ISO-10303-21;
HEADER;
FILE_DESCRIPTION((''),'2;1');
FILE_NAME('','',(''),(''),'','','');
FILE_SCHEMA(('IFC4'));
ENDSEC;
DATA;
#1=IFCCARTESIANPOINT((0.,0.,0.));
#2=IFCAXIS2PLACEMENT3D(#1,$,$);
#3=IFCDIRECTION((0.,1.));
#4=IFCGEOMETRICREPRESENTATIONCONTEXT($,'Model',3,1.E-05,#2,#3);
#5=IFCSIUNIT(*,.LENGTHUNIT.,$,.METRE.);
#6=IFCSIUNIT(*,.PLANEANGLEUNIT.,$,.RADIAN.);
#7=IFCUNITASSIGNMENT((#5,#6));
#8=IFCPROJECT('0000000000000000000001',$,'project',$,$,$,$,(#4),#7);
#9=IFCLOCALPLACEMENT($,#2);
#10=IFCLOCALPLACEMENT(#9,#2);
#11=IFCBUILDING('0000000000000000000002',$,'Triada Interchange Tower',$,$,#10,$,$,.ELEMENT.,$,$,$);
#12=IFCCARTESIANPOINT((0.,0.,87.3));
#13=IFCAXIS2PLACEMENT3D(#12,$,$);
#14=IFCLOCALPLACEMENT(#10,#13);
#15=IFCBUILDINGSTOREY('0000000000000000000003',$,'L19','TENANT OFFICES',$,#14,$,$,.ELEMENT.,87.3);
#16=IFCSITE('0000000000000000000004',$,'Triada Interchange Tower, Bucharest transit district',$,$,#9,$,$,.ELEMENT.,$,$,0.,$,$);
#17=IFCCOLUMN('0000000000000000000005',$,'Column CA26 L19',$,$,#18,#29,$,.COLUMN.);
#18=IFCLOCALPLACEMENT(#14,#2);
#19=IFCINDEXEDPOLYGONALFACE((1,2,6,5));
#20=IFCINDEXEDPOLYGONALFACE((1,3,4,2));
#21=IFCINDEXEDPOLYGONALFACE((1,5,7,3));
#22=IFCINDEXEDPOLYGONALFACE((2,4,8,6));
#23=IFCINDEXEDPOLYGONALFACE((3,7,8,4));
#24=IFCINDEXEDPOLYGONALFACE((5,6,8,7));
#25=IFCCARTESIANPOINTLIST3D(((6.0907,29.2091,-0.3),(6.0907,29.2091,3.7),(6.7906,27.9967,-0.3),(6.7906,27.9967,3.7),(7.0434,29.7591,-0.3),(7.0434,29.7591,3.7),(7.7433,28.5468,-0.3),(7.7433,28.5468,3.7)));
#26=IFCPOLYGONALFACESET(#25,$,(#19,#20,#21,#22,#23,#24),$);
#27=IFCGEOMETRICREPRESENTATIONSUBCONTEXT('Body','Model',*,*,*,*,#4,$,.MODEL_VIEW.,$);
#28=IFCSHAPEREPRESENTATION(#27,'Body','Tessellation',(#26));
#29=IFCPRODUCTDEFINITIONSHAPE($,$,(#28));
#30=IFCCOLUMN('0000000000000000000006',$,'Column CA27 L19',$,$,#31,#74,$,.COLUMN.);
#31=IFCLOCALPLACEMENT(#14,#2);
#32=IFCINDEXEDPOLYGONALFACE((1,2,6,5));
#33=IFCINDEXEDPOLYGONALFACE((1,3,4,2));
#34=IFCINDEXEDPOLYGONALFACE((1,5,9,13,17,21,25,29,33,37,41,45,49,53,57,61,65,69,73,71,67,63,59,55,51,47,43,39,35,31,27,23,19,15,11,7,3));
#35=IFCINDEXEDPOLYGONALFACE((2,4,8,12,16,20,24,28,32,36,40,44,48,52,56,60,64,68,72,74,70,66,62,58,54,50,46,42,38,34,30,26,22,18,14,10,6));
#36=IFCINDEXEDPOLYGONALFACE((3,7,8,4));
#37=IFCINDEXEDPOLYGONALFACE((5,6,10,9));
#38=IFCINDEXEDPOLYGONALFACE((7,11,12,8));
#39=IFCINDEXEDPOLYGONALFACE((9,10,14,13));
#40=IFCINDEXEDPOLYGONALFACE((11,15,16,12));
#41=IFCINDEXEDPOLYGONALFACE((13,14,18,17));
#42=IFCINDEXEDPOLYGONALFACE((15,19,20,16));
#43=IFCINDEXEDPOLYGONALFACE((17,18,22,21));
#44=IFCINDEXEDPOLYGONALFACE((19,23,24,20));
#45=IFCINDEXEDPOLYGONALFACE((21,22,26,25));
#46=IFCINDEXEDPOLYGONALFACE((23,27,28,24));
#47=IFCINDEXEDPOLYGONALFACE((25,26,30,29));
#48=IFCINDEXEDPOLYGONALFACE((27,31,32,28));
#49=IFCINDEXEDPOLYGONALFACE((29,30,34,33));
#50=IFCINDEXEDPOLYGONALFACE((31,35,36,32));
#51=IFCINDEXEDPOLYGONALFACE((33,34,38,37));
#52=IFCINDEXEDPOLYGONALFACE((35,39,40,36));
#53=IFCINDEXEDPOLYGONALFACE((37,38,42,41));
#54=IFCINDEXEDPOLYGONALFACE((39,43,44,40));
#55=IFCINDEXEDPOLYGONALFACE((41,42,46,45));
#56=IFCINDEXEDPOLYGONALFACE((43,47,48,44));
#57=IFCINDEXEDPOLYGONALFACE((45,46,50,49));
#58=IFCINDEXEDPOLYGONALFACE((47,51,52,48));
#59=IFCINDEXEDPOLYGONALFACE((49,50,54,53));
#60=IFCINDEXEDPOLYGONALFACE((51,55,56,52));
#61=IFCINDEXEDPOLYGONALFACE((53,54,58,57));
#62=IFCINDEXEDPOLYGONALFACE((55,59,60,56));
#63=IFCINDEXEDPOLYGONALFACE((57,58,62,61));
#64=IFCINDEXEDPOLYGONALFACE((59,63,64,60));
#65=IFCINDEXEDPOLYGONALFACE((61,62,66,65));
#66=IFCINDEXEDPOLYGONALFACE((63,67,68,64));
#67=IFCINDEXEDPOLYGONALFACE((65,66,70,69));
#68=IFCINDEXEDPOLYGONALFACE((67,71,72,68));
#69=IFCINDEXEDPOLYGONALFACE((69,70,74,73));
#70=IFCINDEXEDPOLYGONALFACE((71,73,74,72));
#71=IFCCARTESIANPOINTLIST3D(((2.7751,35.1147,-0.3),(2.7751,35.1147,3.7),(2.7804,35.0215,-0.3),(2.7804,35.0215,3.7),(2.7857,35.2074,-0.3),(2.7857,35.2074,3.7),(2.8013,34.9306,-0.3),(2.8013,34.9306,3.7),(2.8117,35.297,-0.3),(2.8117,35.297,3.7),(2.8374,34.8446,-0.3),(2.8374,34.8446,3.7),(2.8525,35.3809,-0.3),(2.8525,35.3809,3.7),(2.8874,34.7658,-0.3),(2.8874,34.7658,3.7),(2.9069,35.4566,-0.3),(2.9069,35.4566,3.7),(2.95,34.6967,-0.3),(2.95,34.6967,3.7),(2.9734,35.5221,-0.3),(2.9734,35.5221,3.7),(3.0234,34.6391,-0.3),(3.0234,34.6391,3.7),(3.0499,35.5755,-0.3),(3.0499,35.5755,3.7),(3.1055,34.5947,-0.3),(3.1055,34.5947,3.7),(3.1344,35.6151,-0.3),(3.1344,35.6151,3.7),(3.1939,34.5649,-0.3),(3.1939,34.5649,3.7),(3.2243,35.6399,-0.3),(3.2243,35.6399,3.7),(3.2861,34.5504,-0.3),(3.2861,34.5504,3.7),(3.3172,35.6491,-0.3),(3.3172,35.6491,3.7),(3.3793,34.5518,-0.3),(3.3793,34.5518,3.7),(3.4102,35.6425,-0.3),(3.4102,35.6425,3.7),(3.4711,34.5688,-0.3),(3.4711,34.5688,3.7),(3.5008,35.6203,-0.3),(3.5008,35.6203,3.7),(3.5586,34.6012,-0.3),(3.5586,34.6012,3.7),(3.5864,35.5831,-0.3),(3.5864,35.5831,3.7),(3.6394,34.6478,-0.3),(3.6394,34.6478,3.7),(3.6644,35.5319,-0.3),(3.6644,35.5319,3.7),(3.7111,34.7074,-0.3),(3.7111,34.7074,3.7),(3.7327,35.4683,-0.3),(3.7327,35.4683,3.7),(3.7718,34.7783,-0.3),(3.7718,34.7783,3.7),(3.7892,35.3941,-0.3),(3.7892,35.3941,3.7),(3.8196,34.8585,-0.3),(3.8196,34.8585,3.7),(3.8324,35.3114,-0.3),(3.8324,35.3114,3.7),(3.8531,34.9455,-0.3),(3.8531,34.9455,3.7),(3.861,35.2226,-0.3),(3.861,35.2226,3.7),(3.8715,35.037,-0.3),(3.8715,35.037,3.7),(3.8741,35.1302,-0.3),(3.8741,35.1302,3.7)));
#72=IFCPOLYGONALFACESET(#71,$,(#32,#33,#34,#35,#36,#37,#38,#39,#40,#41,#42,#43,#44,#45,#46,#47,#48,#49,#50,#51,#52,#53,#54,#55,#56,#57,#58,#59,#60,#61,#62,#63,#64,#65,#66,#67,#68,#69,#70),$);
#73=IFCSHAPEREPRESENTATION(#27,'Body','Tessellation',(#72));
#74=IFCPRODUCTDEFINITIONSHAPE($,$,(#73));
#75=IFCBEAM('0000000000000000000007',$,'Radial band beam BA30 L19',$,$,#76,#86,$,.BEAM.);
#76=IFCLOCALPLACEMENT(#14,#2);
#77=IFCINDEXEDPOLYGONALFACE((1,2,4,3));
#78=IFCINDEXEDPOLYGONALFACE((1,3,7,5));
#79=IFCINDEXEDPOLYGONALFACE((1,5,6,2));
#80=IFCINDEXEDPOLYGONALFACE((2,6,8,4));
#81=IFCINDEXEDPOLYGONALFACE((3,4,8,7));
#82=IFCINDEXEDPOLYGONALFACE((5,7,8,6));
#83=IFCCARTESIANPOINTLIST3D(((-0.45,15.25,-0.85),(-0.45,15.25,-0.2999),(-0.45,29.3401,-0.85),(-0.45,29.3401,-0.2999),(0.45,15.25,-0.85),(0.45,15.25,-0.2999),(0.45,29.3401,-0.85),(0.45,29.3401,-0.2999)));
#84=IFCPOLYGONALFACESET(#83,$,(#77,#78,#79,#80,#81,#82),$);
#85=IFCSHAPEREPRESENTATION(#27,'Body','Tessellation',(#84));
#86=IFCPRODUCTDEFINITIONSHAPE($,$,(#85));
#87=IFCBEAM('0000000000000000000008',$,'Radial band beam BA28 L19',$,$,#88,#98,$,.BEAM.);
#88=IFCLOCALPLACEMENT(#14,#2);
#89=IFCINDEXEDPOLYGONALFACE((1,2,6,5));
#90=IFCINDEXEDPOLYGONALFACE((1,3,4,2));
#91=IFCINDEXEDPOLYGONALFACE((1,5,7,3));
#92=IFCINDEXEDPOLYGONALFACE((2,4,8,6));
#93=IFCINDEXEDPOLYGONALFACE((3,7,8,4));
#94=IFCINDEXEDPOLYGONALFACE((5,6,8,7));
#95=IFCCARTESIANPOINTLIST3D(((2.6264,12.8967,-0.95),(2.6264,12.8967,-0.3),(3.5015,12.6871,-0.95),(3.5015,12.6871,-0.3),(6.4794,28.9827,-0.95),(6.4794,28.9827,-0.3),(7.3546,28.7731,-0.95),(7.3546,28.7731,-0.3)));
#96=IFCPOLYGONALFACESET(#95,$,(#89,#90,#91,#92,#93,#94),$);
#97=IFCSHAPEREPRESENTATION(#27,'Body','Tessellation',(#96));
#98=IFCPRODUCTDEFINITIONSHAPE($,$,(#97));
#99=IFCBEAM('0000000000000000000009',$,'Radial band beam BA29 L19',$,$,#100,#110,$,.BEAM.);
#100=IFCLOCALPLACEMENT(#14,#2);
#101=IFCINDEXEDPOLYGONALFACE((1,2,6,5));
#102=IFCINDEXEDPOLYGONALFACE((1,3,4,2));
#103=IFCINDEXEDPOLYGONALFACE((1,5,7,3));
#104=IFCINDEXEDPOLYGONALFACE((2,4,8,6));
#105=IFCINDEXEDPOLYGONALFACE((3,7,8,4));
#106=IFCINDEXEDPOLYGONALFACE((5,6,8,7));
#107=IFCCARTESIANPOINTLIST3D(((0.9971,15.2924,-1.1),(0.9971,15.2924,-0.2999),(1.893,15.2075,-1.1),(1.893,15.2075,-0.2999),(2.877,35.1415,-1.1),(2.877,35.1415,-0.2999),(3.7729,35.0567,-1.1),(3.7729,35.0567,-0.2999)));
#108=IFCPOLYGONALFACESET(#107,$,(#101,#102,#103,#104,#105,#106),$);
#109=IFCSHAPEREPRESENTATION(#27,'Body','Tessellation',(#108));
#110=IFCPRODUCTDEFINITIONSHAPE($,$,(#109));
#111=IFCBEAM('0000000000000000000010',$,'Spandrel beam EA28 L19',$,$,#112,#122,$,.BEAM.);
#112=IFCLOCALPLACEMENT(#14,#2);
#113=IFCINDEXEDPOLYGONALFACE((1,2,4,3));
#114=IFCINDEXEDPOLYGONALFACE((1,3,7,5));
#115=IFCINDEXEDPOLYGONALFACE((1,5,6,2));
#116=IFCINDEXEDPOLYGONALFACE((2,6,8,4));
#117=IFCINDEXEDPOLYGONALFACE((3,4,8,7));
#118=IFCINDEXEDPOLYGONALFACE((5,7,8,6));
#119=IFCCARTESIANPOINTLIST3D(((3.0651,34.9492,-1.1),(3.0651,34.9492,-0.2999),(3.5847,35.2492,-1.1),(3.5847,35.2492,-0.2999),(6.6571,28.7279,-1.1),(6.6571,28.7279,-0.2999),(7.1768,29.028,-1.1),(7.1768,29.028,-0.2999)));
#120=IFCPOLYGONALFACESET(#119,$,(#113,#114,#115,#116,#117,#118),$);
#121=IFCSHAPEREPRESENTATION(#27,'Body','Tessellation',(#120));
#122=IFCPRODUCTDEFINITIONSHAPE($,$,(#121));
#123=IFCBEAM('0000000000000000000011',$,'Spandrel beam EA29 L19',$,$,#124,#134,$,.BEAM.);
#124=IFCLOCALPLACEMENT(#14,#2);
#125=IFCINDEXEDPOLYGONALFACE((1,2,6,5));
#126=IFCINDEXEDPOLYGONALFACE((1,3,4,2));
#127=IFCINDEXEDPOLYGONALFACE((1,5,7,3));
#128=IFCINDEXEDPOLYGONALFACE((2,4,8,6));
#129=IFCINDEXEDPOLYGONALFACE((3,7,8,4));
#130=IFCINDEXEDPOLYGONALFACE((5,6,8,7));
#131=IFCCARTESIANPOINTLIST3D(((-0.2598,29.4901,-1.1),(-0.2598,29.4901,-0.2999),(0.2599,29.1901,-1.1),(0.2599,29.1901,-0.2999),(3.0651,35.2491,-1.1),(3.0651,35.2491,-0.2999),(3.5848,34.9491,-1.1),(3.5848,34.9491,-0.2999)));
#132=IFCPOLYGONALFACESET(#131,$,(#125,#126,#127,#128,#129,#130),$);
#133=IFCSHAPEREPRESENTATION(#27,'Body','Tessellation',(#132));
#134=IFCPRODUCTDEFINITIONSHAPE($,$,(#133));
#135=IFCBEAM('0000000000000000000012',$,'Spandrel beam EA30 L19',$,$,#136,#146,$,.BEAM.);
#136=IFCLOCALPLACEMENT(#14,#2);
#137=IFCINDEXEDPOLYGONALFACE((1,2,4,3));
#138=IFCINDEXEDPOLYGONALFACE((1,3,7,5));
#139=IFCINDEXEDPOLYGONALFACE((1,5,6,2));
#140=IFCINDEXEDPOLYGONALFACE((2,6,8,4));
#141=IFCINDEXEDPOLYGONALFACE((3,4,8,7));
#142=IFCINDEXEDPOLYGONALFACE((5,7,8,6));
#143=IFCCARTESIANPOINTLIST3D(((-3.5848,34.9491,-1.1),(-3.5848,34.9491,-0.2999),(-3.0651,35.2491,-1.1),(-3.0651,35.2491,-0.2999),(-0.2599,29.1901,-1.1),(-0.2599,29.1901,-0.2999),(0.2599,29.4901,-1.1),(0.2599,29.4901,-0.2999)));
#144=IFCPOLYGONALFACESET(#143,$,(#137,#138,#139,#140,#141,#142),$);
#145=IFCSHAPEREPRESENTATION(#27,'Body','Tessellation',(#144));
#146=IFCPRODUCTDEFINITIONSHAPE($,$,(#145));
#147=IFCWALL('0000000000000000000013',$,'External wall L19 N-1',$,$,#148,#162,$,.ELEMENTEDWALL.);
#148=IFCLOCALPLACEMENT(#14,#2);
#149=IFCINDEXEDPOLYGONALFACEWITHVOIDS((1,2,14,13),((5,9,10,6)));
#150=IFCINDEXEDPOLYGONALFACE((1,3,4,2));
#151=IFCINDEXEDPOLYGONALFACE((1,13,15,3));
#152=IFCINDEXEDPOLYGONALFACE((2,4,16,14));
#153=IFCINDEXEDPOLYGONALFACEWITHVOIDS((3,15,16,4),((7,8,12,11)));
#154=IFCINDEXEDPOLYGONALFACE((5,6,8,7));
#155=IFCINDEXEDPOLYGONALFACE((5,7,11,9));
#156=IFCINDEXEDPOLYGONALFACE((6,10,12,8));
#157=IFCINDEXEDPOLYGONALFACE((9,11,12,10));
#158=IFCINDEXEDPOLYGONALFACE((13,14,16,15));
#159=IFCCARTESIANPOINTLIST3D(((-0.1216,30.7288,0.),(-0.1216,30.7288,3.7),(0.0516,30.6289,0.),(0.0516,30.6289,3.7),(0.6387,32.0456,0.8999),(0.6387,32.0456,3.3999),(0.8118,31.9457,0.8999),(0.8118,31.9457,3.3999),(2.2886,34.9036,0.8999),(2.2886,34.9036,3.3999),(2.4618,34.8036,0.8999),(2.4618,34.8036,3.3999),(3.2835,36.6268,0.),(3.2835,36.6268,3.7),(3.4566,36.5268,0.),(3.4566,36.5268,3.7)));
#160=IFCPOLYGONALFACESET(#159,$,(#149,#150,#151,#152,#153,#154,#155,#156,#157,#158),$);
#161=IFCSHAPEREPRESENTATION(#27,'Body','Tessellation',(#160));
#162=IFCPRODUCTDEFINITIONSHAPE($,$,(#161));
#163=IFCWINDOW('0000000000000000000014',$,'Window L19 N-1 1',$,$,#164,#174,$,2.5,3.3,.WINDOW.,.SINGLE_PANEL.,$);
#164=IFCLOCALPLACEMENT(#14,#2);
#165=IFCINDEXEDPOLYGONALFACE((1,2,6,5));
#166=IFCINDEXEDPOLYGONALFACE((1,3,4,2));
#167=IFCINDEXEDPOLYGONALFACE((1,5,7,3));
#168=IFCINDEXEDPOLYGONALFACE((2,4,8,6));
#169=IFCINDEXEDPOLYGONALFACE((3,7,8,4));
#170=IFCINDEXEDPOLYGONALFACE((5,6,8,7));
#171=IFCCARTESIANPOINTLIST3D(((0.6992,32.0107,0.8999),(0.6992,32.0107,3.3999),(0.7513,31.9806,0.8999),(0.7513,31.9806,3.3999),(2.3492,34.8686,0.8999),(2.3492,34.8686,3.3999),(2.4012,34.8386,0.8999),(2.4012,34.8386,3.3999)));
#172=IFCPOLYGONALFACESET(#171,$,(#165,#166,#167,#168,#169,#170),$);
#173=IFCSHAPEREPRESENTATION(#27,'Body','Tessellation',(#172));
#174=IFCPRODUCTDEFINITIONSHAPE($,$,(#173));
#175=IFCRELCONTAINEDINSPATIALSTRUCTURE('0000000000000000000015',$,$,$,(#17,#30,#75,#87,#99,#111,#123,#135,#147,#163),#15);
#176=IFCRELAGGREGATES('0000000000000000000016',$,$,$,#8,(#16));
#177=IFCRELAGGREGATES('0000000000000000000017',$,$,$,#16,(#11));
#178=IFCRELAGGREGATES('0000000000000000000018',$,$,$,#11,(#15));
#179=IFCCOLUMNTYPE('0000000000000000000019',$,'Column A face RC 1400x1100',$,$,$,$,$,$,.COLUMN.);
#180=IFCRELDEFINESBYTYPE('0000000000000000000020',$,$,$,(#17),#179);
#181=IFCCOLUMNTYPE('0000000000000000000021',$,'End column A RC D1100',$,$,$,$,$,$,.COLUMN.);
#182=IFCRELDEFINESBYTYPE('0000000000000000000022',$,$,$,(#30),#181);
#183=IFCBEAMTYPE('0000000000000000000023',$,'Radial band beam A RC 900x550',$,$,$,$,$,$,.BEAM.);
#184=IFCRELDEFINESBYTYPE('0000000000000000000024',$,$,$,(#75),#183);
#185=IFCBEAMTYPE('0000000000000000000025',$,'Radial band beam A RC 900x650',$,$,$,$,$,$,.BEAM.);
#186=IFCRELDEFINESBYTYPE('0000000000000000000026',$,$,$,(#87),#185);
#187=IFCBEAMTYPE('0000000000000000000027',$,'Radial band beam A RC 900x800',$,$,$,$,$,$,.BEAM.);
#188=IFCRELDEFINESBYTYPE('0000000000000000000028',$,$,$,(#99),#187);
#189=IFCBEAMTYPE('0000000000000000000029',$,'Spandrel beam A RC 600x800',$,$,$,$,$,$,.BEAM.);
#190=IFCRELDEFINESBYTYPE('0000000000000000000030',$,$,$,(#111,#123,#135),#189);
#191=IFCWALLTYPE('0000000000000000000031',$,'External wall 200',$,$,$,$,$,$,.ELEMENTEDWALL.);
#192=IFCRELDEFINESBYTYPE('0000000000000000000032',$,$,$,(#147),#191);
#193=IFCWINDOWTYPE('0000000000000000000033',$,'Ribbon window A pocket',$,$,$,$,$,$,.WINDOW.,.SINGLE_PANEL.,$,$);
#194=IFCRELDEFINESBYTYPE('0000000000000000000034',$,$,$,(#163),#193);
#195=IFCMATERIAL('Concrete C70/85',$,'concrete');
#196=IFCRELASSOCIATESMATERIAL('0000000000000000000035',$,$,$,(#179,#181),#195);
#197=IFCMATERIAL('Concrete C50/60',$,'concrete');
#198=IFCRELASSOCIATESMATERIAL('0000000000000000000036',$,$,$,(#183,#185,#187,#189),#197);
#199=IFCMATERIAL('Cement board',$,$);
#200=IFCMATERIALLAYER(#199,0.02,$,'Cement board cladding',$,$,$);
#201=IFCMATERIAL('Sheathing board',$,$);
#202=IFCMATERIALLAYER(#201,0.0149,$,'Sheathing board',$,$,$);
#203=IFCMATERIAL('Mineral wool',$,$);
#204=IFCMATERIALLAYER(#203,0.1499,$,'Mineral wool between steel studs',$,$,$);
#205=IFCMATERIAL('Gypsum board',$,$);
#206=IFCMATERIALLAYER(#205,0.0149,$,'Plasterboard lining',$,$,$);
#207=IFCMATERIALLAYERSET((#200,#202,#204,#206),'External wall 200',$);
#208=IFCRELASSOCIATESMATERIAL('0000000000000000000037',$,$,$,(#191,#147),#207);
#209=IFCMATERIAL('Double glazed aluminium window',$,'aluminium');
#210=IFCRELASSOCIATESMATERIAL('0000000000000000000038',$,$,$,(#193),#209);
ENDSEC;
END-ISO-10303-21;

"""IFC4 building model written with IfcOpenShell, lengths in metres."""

from ifc_helpers import new_model, si_unit, direction, frame, frame_2d, origin, origin_2d, place, context, subcontext, project, spatial, rectangle, circle, extrude, material, layer, layer_set, layer_usage, material_profile, profile_set, type_object, element, fill, save


model = new_model("IFC4")

# Units and contexts
model_context = context("Model", 3, precision=1e-05, world=origin(), true_north=direction((0.0, 1.0)))
body_context = subcontext(model_context, "Body", "Model", "MODEL_VIEW")
ifc_project = project(units=[si_unit("LENGTHUNIT", "METRE"), si_unit("PLANEANGLEUNIT", "RADIAN")], contexts=[model_context])

# Site, building, storey
site_placement = place(None, origin())
site = spatial("IfcSite", under=ifc_project, at=site_placement, Name="Triada Interchange Tower, Bucharest transit district", CompositionType="ELEMENT", RefElevation=0.0)
building_placement = place(site_placement, origin())
building = spatial("IfcBuilding", under=site, at=building_placement, Name="Triada Interchange Tower", CompositionType="ELEMENT")
storey_placement = place(building_placement, frame((0.0, 0.0, 87.3)))
storey = spatial("IfcBuildingStorey", under=building, at=storey_placement, Name="L19", Description="TENANT OFFICES", CompositionType="ELEMENT", Elevation=87.3)

# Columns
ifc_material_1 = material(Name="Concrete C70/85", Category="concrete")
ifc_material_profile_1 = material_profile(ifc_material_1, rectangle(XDim=1.3999, YDim=1.1001, at=origin_2d()), Name="RC 1400x1100")
ifc_profile_set_1 = profile_set([ifc_material_profile_1], Name="Concrete C70/85")
column_type_1 = type_object("IfcColumnType", Name="Column A face RC 1400x1100", PredefinedType="COLUMN", material=ifc_profile_set_1)
column_1_placement = place(storey_placement, frame((6.917, 28.8779, -0.3), z_axis=(0.0, 0.0, 1.0), x_axis=(-0.5, 0.866025, 0.0)))
element("IfcColumn", 1, at=column_1_placement, inside=storey, type_object=column_type_1, Name="Column CA26 L19", PredefinedType="COLUMN", context=body_context, shape_type="SweptSolid", body=[
    extrude(rectangle(XDim=1.3999, YDim=1.1001, at=origin_2d()), origin(), (0.0, 0.0, 1.0), 4.0),
])
ifc_material_profile_2 = material_profile(ifc_material_1, circle(Radius=0.55, at=origin_2d()), Name="RC D1100")
ifc_profile_set_2 = profile_set([ifc_material_profile_2], Name="Concrete C70/85")
column_type_2 = type_object("IfcColumnType", Name="End column A RC D1100", PredefinedType="COLUMN", material=ifc_profile_set_2)
column_2_placement = place(storey_placement, frame((3.325, 35.0991, -0.3), z_axis=(0.0, 0.0, 1.0), x_axis=(-0.5, 0.866025, 0.0)))
element("IfcColumn", 2, at=column_2_placement, inside=storey, type_object=column_type_2, Name="Column CA27 L19", PredefinedType="COLUMN", context=body_context, shape_type="SweptSolid", body=[
    extrude(circle(Radius=0.55, at=origin_2d()), origin(), (0.0, 0.0, 1.0), 4.0),
])

# Beams
ifc_material_2 = material(Name="Concrete C50/60", Category="concrete")
ifc_material_profile_3 = material_profile(ifc_material_2, rectangle(XDim=0.8999, YDim=0.55, at=origin_2d()), Name="RC 900x550")
ifc_profile_set_3 = profile_set([ifc_material_profile_3], Name="Concrete C50/60")
beam_type_1 = type_object("IfcBeamType", Name="Radial band beam A RC 900x550", PredefinedType="BEAM", material=ifc_profile_set_3)
beam_1_placement = place(storey_placement, frame((0.0, 29.3401, -0.575), z_axis=(0.0, -1.0, 0.0), x_axis=(1.0, 0.0, 0.0)))
element("IfcBeam", 3, at=beam_1_placement, inside=storey, type_object=beam_type_1, Name="Radial band beam BA30 L19", PredefinedType="BEAM", context=body_context, shape_type="SweptSolid", body=[
    extrude(rectangle(XDim=0.8999, YDim=0.55, at=origin_2d()), origin(), (0.0, 0.0, 1.0), 14.0901),
])
ifc_material_profile_4 = material_profile(ifc_material_2, rectangle(XDim=0.8999, YDim=0.6499, at=origin_2d()), Name="RC 900x650")
ifc_profile_set_4 = profile_set([ifc_material_profile_4], Name="Concrete C50/60")
beam_type_2 = type_object("IfcBeamType", Name="Radial band beam A RC 900x650", PredefinedType="BEAM", material=ifc_profile_set_4)
beam_2_placement = place(storey_placement, frame((6.917, 28.8779, -0.625), z_axis=(-0.232939, -0.972491, 0.0), x_axis=(0.972491, -0.232939, 0.0)))
element("IfcBeam", 4, at=beam_2_placement, inside=storey, type_object=beam_type_2, Name="Radial band beam BA28 L19", PredefinedType="BEAM", context=body_context, shape_type="SweptSolid", body=[
    extrude(rectangle(XDim=0.8999, YDim=0.6499, at=origin_2d()), origin(), (0.0, 0.0, 1.0), 16.541),
])
ifc_material_profile_5 = material_profile(ifc_material_2, rectangle(XDim=0.8999, YDim=0.8, at=origin_2d()), Name="RC 900x800")
ifc_profile_set_5 = profile_set([ifc_material_profile_5], Name="Concrete C50/60")
beam_type_3 = type_object("IfcBeamType", Name="Radial band beam A RC 900x800", PredefinedType="BEAM", material=ifc_profile_set_5)
beam_3_placement = place(storey_placement, frame((3.325, 35.0991, -0.7), z_axis=(-0.094287, -0.995545, 0.0), x_axis=(0.995545, -0.094287, 0.0)))
element("IfcBeam", 5, at=beam_3_placement, inside=storey, type_object=beam_type_3, Name="Radial band beam BA29 L19", PredefinedType="BEAM", context=body_context, shape_type="SweptSolid", body=[
    extrude(rectangle(XDim=0.8999, YDim=0.8, at=origin_2d()), origin(), (0.0, 0.0, 1.0), 19.938),
])
ifc_material_profile_6 = material_profile(ifc_material_2, rectangle(XDim=0.6001, YDim=0.8, at=origin_2d()), Name="RC 600x800")
ifc_profile_set_6 = profile_set([ifc_material_profile_6], Name="Concrete C50/60")
beam_type_4 = type_object("IfcBeamType", Name="Spandrel beam A RC 600x800", PredefinedType="BEAM", material=ifc_profile_set_6)
beam_4_placement = place(storey_placement, frame((6.917, 28.8779, -0.7), z_axis=(-0.500024, 0.866011, 0.0), x_axis=(-0.866011, -0.500024, 0.0)))
element("IfcBeam", 6, at=beam_4_placement, inside=storey, type_object=beam_type_4, Name="Spandrel beam EA28 L19", PredefinedType="BEAM", context=body_context, shape_type="SweptSolid", body=[
    extrude(rectangle(XDim=0.6001, YDim=0.8, at=origin_2d()), origin(), (0.0, 0.0, 1.0), 7.1838),
])
for number, where, z_axis, x_axis, name in (
    (7, (3.325, 35.0991, -0.7), (-0.499997, -0.866027, 0.0), (0.866027, -0.499997, 0.0), "Spandrel beam EA29 L19"),
    (8, (0.0, 29.3401, -0.7), (-0.499997, 0.866027, 0.0), (-0.866027, -0.499997, 0.0), "Spandrel beam EA30 L19"),
):
    element("IfcBeam", number, at=place(storey_placement, frame(where, z_axis=z_axis, x_axis=x_axis)), inside=storey, type_object=beam_type_4, Name=name, PredefinedType="BEAM", context=body_context, shape_type="SweptSolid", body=[
        extrude(rectangle(XDim=0.6001, YDim=0.8, at=origin_2d()), origin(), (0.0, 0.0, 1.0), 6.6499),
    ])

# Wall, opening, window
ifc_material_3 = material(Name="Cement board")
ifc_layer_1 = layer(ifc_material_3, 0.02, Name="Cement board cladding")
ifc_material_4 = material(Name="Sheathing board")
ifc_layer_2 = layer(ifc_material_4, 0.0149, Name="Sheathing board")
ifc_material_5 = material(Name="Mineral wool")
ifc_layer_3 = layer(ifc_material_5, 0.1499, Name="Mineral wool between steel studs")
ifc_material_6 = material(Name="Gypsum board")
ifc_layer_4 = layer(ifc_material_6, 0.0149, Name="Plasterboard lining")
ifc_layer_set_1 = layer_set([ifc_layer_1, ifc_layer_2, ifc_layer_3, ifc_layer_4], Name="External wall 200")
ifc_layer_usage = layer_usage(ifc_layer_set_1, "AXIS2", "POSITIVE", -0.1001)
wall_type_1 = type_object("IfcWallType", Name="External wall 200", PredefinedType="ELEMENTEDWALL", material=ifc_layer_set_1)
wall_1_placement = place(storey_placement, frame((3.3701, 36.5769, 0.0), z_axis=(0.0, 0.0, 1.0), x_axis=(-0.499983, -0.866035, 0.0)))
wall_1 = element("IfcWall", 9, at=wall_1_placement, inside=storey, type_object=wall_type_1, material=ifc_layer_usage, Name="External wall L19 N-1", PredefinedType="ELEMENTEDWALL", context=body_context, shape_type="SweptSolid", body=[
    extrude(rectangle(XDim=6.8103, YDim=0.2, at=frame_2d((3.4053, 0.0))), origin(), (0.0, 0.0, 1.0), 3.7),
])
opening_1_placement = place(wall_1_placement, frame((1.99, 0.0, 0.8999)))
opening_1 = element("IfcOpeningElement", 10, at=opening_1_placement, cuts=wall_1, PredefinedType="OPENING", context=body_context, shape_type="SweptSolid", body=[
    extrude(rectangle(XDim=3.3, YDim=2.5, at=frame_2d((1.6499, 1.25))), frame((0.0, 0.1099, 0.0), z_axis=(0.0, -1.0, 0.0), x_axis=(1.0, 0.0, 0.0)), (0.0, 0.0, 1.0), 0.22),
])
ifc_material_7 = material(Name="Double glazed aluminium window", Category="aluminium")
window_type = type_object("IfcWindowType", Name="Ribbon window A pocket", PartitioningType="SINGLE_PANEL", PredefinedType="WINDOW", material=ifc_material_7)
window_1_placement = place(opening_1_placement, origin())
window_1 = element("IfcWindow", 11, at=window_1_placement, inside=storey, type_object=window_type, Name="Window L19 N-1 1", OverallHeight=2.5, OverallWidth=3.3, PartitioningType="SINGLE_PANEL", PredefinedType="WINDOW", context=body_context, shape_type="SweptSolid", body=[
    extrude(rectangle(XDim=3.3, YDim=2.5, at=frame_2d((1.6499, 1.25))), frame((0.0, 0.03, 0.0), z_axis=(0.0, -1.0, 0.0), x_axis=(1.0, 0.0, 0.0)), (0.0, 0.0, 1.0), 0.0601),
])
fill(opening_1, window_1)

save(model, "model.ifc")
